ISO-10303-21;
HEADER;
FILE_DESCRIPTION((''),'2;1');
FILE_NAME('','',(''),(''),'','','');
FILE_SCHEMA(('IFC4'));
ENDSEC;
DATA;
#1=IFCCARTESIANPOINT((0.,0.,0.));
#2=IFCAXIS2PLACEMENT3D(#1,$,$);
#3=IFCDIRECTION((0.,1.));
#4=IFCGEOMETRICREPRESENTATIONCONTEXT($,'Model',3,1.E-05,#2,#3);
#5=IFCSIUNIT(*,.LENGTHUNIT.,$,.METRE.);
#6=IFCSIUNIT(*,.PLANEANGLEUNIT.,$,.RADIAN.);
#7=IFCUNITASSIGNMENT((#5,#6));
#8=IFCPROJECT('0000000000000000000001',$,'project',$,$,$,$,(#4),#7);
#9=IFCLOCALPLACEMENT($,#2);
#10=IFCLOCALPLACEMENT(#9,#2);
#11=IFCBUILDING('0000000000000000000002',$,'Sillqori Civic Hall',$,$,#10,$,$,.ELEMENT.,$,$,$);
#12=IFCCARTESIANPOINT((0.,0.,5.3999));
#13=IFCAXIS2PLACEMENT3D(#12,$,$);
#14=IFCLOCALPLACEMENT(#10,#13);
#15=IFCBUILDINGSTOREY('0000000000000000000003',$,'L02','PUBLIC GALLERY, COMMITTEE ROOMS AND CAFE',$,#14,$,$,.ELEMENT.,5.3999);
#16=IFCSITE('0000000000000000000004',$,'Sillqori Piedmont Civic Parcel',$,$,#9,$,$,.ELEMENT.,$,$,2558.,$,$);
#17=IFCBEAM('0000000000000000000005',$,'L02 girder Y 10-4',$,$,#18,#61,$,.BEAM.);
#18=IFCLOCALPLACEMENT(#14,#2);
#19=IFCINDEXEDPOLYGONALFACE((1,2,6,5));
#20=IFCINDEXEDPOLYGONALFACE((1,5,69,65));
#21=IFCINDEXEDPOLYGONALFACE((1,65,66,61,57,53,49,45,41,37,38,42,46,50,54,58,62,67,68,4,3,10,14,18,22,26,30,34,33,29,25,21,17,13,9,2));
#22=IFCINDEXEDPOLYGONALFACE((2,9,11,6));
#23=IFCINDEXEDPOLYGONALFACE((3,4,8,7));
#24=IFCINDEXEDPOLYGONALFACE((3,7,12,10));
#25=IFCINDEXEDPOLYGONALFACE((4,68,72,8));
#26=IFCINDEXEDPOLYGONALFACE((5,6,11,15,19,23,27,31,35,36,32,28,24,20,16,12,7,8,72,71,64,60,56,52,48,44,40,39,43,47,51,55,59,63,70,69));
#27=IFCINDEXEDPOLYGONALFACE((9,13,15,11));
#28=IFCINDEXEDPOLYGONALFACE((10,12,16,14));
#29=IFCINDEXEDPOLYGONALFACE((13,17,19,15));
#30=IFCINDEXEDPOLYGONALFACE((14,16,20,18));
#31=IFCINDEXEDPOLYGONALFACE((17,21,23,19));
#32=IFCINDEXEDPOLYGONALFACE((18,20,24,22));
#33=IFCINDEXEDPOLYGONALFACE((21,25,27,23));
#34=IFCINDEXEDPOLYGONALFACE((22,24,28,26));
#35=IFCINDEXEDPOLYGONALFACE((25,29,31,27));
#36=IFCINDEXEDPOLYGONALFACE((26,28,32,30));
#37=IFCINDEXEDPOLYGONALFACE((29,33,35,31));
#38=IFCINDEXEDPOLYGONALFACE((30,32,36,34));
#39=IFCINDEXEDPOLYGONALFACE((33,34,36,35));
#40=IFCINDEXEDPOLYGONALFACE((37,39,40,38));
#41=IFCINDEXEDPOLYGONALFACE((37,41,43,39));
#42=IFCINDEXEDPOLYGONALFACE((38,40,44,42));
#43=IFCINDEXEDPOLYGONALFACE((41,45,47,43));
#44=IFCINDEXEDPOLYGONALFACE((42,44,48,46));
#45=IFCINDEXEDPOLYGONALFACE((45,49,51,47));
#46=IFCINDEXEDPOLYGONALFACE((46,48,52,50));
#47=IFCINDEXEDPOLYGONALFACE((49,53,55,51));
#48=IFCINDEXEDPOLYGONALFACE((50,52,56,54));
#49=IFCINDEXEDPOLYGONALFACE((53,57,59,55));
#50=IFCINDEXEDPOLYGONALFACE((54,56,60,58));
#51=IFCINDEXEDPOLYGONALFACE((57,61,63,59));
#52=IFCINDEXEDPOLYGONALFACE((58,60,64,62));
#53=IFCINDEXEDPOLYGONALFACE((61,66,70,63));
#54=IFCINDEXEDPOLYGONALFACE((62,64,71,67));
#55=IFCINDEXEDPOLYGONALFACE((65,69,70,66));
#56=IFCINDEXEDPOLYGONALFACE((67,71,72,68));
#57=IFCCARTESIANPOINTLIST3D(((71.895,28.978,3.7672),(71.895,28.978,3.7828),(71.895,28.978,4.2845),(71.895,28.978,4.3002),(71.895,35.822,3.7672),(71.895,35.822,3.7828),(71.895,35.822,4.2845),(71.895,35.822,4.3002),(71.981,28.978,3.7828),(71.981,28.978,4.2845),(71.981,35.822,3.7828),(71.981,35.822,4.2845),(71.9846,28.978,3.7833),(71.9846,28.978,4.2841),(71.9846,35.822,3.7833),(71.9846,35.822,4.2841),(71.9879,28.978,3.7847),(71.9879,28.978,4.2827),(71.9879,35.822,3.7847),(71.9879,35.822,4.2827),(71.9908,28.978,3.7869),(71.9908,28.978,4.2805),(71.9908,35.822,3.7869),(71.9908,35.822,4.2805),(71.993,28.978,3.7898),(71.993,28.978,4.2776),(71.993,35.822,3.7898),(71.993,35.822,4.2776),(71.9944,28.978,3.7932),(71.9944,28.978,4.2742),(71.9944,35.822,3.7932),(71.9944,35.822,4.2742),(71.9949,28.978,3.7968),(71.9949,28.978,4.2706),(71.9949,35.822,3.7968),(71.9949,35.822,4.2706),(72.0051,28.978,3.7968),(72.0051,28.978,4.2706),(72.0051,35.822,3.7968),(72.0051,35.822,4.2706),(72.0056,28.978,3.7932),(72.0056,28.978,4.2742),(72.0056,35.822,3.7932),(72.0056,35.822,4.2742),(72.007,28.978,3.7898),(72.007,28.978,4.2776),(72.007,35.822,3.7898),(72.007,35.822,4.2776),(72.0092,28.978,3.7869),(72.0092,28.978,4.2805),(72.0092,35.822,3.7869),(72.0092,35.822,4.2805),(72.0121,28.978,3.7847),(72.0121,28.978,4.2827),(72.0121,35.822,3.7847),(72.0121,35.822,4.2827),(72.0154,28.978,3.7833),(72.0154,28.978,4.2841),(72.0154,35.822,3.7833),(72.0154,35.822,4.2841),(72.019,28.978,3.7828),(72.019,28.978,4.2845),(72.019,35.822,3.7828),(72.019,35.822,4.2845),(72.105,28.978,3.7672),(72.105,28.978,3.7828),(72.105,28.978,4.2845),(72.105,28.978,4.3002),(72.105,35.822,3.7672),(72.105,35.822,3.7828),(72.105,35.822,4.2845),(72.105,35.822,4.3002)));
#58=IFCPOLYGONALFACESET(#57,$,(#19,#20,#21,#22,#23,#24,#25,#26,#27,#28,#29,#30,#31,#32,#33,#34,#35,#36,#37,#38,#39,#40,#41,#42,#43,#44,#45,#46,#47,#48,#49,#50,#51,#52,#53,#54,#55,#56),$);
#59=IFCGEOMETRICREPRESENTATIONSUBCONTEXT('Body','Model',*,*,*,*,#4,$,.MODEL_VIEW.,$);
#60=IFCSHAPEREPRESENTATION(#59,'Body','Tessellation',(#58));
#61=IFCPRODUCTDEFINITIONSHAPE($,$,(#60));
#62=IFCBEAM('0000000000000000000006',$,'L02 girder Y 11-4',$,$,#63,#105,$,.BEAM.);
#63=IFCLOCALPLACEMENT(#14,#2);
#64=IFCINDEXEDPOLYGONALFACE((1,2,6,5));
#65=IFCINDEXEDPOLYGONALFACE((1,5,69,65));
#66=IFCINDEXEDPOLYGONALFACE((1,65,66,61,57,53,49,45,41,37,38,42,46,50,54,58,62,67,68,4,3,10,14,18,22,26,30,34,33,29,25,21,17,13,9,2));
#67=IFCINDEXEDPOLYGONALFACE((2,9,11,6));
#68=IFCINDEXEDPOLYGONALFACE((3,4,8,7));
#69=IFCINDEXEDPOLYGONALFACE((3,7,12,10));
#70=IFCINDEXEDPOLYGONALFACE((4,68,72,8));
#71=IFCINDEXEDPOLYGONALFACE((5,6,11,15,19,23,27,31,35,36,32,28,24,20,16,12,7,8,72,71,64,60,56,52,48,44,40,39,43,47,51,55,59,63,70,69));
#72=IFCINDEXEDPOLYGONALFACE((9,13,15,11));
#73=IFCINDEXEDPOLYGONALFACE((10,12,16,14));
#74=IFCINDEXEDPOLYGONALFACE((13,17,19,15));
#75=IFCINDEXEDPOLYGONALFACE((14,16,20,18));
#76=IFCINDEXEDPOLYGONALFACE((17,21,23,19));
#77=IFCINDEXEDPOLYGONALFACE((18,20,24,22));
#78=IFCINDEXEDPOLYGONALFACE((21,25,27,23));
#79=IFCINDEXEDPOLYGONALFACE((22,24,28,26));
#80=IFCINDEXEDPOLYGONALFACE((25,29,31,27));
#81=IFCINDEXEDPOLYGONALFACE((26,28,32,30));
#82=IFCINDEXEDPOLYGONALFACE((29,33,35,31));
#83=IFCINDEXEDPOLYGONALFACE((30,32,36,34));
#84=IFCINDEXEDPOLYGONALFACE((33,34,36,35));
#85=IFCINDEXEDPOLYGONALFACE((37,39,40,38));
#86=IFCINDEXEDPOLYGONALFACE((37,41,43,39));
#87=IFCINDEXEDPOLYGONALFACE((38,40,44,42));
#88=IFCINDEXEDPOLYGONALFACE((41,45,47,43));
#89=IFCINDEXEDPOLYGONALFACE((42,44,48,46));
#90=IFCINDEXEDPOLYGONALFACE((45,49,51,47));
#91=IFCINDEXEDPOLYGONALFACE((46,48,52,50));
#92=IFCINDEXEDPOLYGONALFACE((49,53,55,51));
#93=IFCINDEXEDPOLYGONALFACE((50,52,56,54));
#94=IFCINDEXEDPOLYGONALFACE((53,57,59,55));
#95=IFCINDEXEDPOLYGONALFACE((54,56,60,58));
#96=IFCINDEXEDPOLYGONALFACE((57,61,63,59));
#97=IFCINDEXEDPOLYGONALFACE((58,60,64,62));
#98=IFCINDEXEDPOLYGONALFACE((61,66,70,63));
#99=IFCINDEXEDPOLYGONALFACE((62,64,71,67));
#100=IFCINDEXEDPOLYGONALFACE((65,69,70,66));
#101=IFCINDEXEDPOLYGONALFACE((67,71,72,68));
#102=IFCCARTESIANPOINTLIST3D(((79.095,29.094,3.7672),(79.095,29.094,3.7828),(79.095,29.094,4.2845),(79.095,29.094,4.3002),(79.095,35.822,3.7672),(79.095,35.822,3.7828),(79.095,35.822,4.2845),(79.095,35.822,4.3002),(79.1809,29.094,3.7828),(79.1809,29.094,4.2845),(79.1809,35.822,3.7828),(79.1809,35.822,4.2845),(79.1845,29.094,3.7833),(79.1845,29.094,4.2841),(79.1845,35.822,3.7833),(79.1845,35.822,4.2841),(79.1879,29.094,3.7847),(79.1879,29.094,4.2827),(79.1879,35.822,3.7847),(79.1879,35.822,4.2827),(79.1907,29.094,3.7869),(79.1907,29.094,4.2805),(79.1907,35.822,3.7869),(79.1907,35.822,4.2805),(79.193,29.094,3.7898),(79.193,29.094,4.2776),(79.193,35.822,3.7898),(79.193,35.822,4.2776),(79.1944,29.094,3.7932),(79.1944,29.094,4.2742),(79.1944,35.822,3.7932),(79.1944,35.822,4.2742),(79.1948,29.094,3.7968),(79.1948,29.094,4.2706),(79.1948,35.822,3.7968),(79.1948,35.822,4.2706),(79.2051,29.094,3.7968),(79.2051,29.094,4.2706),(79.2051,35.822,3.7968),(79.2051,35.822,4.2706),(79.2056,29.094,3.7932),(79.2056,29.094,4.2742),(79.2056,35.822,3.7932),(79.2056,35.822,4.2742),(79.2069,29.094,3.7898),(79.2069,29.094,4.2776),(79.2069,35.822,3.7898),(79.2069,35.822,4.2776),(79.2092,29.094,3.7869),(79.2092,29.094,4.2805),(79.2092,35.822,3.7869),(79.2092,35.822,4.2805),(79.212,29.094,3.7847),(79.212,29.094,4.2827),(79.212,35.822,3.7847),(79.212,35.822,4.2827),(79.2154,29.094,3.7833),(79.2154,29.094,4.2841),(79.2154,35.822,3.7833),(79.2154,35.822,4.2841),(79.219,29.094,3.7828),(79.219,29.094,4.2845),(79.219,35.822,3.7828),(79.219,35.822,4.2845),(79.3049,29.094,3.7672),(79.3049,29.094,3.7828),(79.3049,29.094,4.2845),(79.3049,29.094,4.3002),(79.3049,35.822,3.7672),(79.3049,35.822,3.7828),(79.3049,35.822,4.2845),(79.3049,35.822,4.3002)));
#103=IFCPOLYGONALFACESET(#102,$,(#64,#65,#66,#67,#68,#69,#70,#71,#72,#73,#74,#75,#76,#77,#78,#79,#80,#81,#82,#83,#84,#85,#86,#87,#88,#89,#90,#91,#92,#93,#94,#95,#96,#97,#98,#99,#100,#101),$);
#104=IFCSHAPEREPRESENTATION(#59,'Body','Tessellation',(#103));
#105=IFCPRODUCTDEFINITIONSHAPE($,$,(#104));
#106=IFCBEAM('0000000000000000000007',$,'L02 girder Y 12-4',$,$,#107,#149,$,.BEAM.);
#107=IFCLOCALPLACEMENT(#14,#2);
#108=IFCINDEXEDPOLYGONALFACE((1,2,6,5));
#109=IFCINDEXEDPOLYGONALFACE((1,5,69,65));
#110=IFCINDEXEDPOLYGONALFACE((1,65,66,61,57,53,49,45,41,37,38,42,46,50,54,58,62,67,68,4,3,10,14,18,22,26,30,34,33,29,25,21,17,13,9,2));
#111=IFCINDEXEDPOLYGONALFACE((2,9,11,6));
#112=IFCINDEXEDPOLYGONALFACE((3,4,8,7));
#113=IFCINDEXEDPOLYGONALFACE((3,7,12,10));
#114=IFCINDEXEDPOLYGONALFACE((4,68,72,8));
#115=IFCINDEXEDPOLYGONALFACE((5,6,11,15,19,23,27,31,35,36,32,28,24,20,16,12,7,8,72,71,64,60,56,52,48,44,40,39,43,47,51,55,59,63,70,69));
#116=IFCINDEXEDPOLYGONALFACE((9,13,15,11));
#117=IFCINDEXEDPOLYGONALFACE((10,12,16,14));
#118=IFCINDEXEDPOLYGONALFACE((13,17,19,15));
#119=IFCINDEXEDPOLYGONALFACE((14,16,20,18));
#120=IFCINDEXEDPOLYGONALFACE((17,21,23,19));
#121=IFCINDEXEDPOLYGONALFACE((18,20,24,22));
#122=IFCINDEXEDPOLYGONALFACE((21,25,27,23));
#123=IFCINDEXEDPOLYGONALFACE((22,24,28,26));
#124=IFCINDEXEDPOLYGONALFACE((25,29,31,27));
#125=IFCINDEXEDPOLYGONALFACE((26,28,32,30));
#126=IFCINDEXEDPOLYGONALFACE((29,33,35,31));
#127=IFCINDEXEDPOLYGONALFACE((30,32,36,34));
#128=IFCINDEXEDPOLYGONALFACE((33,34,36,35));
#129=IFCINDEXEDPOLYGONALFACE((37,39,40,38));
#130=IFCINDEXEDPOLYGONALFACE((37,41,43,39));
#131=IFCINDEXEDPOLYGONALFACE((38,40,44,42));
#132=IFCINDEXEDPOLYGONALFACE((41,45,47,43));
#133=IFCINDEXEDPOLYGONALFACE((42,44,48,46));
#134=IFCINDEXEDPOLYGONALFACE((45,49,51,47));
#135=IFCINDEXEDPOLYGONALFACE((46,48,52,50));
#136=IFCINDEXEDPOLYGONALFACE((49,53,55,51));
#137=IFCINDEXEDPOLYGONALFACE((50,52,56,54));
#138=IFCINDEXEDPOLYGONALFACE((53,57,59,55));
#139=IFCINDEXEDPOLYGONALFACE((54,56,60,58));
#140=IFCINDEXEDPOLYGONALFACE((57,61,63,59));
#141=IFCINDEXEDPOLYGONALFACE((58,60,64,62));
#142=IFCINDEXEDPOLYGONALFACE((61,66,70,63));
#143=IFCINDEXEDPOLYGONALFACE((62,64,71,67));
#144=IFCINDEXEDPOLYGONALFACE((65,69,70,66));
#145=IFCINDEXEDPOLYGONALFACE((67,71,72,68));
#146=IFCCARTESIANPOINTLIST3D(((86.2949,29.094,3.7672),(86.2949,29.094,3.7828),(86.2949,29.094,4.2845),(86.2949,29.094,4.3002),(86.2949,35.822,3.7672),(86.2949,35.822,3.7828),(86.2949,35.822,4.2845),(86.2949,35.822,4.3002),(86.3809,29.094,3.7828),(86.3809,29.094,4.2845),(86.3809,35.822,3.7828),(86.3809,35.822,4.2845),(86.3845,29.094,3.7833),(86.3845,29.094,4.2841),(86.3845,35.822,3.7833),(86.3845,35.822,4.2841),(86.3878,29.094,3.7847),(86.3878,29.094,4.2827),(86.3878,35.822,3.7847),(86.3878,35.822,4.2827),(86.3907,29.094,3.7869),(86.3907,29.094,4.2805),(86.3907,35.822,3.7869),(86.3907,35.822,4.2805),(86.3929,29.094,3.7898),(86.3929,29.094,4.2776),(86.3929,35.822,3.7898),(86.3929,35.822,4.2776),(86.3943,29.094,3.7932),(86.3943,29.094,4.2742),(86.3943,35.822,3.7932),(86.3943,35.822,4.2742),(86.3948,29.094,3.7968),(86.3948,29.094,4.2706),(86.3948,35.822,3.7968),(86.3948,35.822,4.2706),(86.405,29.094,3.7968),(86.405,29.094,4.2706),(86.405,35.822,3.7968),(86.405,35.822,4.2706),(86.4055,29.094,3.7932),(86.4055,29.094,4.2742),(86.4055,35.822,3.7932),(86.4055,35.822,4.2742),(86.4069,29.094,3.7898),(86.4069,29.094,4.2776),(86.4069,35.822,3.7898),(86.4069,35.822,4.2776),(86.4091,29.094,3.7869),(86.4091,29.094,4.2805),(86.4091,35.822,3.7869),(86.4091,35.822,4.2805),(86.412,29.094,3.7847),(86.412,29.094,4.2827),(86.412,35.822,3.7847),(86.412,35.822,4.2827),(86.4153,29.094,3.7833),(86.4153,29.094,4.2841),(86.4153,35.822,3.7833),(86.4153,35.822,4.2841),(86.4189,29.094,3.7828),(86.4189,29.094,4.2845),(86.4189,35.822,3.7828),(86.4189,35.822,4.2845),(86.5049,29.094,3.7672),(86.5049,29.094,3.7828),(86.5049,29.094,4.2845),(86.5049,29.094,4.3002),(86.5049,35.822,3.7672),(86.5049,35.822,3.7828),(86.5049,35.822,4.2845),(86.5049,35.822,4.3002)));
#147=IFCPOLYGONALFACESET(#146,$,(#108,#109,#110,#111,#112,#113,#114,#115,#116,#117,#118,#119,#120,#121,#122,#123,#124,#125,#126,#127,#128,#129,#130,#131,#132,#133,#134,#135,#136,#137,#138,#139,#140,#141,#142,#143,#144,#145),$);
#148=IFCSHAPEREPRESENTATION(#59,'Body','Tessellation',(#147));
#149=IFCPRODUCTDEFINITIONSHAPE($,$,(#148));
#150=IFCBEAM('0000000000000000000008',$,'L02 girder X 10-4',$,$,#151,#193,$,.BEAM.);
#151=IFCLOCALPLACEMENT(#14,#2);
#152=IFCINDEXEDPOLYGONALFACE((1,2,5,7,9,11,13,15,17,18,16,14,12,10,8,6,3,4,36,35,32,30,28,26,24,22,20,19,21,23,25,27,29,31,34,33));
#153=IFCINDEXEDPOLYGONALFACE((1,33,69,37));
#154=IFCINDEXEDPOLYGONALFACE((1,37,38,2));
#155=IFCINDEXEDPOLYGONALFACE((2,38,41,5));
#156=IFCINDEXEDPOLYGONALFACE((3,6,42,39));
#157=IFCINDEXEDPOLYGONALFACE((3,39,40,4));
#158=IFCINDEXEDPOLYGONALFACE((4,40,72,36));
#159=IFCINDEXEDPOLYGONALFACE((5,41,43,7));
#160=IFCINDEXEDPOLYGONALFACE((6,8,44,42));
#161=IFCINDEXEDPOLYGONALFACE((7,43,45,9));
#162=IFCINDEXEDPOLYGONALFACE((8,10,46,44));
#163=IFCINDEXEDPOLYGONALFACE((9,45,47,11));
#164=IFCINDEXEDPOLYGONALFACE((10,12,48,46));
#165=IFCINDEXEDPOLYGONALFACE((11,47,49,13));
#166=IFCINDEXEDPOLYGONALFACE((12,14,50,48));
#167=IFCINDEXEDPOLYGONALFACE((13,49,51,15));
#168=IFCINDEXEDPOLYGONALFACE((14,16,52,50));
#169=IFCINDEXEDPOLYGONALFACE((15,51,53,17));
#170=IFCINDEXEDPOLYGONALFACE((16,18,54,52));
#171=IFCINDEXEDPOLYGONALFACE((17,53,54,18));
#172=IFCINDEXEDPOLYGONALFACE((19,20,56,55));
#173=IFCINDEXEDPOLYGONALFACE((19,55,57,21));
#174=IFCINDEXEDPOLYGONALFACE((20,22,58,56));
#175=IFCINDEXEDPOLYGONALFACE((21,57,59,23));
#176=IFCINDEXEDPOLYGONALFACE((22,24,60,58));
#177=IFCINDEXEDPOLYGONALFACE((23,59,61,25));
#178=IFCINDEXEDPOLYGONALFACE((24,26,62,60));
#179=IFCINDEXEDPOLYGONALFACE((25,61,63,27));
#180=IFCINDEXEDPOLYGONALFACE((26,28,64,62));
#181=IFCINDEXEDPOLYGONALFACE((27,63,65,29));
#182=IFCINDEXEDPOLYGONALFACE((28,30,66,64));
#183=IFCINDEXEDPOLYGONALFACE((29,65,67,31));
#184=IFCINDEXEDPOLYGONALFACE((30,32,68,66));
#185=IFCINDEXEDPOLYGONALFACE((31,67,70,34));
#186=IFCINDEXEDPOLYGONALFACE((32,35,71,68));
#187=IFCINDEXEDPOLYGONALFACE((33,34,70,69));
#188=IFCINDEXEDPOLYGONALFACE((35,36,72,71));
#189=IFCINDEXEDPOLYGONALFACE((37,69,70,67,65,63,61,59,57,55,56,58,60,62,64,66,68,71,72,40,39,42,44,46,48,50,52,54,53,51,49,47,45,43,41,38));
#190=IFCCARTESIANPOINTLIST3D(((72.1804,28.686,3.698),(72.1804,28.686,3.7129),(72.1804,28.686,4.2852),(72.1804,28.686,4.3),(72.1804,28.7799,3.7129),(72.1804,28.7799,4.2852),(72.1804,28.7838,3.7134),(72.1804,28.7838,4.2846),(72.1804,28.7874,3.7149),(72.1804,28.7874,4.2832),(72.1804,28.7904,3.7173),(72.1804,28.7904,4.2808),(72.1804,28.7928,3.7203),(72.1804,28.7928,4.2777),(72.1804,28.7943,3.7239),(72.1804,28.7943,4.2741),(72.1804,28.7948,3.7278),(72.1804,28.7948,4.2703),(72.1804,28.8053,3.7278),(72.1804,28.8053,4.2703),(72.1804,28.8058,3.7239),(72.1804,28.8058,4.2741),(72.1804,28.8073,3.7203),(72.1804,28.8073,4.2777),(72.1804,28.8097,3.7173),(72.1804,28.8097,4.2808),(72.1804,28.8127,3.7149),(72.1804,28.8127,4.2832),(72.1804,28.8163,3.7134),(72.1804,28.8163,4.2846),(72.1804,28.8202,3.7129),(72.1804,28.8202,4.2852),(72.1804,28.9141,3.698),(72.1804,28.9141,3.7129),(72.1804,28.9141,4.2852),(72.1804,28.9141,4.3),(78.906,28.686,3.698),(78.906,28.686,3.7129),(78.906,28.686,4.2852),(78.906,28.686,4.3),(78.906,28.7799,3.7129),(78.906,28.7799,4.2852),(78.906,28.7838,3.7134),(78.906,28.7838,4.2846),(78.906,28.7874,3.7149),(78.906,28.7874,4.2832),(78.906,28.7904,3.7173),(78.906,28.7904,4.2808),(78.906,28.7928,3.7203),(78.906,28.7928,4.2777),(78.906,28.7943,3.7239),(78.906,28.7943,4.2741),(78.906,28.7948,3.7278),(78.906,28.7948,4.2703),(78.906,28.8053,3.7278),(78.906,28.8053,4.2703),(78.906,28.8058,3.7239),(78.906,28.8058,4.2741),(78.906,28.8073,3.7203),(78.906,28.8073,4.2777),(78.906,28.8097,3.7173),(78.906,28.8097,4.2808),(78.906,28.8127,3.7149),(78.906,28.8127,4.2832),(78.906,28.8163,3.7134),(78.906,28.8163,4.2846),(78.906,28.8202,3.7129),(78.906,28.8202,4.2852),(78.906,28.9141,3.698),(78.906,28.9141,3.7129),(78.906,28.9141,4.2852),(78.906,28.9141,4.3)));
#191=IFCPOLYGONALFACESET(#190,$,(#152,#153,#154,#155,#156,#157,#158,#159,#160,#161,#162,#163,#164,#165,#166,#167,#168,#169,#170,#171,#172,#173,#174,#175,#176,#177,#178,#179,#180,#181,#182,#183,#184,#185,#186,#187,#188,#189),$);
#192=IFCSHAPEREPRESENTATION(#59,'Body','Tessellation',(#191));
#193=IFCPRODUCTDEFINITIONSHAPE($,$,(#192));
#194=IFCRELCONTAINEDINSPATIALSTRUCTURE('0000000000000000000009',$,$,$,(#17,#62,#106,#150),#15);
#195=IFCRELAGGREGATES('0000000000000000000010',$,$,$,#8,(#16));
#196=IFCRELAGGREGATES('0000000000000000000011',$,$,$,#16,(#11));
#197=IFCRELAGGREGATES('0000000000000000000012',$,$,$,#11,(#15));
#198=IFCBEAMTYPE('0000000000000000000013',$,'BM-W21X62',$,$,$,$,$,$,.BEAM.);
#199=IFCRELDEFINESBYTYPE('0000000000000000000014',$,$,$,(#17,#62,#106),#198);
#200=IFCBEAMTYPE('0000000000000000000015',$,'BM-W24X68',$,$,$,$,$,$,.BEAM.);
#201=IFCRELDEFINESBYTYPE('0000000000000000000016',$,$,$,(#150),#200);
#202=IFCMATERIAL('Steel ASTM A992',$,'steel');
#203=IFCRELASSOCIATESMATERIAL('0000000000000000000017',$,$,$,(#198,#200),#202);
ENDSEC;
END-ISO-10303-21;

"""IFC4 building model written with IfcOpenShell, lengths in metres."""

from ifc_helpers import new_model, si_unit, direction, frame, origin, origin_2d, place, context, subcontext, project, spatial, i_section, extrude, material, material_profile, profile_set, type_object, element, save


model = new_model("IFC4")

# Units and contexts
model_context = context("Model", 3, precision=1e-05, world=origin(), true_north=direction((0.0, 1.0)))
body_context = subcontext(model_context, "Body", "Model", "MODEL_VIEW")
ifc_project = project(units=[si_unit("LENGTHUNIT", "METRE"), si_unit("PLANEANGLEUNIT", "RADIAN")], contexts=[model_context])

# Site, building, storey
site_placement = place(None, origin())
site = spatial("IfcSite", under=ifc_project, at=site_placement, Name="Sillqori Piedmont Civic Parcel", CompositionType="ELEMENT", RefElevation=2558.0)
building_placement = place(site_placement, origin())
building = spatial("IfcBuilding", under=site, at=building_placement, Name="Sillqori Civic Hall", CompositionType="ELEMENT")
storey_placement = place(building_placement, frame((0.0, 0.0, 5.3999)))
storey = spatial("IfcBuildingStorey", under=building, at=storey_placement, Name="L02", Description="PUBLIC GALLERY, COMMITTEE ROOMS AND CAFE", CompositionType="ELEMENT", Elevation=5.3999)

# Shared definitions
ifc_material_1 = material(Name="Steel ASTM A992", Category="steel")

# Beams
ifc_material_profile_1 = material_profile(ifc_material_1, i_section(OverallWidth=0.21, OverallDepth=0.533, WebThickness=0.0103, FlangeThickness=0.0156, FilletRadius=0.0139, at=origin_2d()), Name="W21X62")
ifc_profile_set_1 = profile_set([ifc_material_profile_1], Name="Steel ASTM A992")
beam_type_1 = type_object("IfcBeamType", Name="BM-W21X62", PredefinedType="BEAM", material=ifc_profile_set_1)
beam_1_placement = place(storey_placement, frame((72.0, 28.978, 4.0337), z_axis=(0.0, 1.0, 0.0), x_axis=(-1.0, 0.0, 0.0)))
element("IfcBeam", 1, at=beam_1_placement, inside=storey, type_object=beam_type_1, Name="L02 girder Y 10-4", PredefinedType="BEAM", context=body_context, shape_type="SweptSolid", body=[
    extrude(i_section(OverallWidth=0.21, OverallDepth=0.533, WebThickness=0.0103, FlangeThickness=0.0156, FilletRadius=0.0139, at=origin_2d()), origin(), (0.0, 0.0, 1.0), 6.844),
])
for number, where, z_axis, x_axis, name in (
    (2, (79.2, 29.094, 4.0337), (0.0, 1.0, 0.0), (-1.0, 0.0, 0.0), "L02 girder Y 11-4"),
    (3, (86.3999, 29.094, 4.0337), (0.0, 1.0, 0.0), (-1.0, 0.0, 0.0), "L02 girder Y 12-4"),
):
    element("IfcBeam", number, at=place(storey_placement, frame(where, z_axis=z_axis, x_axis=x_axis)), inside=storey, type_object=beam_type_1, Name=name, PredefinedType="BEAM", context=body_context, shape_type="SweptSolid", body=[
        extrude(i_section(OverallWidth=0.21, OverallDepth=0.533, WebThickness=0.0103, FlangeThickness=0.0156, FilletRadius=0.0139, at=origin_2d()), origin(), (0.0, 0.0, 1.0), 6.728),
    ])
ifc_material_profile_2 = material_profile(ifc_material_1, i_section(OverallWidth=0.228, OverallDepth=0.6021, WebThickness=0.0105, FlangeThickness=0.0149, FilletRadius=0.0149, at=origin_2d()), Name="W24X68")
ifc_profile_set_2 = profile_set([ifc_material_profile_2], Name="Steel ASTM A992")
beam_type_2 = type_object("IfcBeamType", Name="BM-W24X68", PredefinedType="BEAM", material=ifc_profile_set_2)
beam_2_placement = place(storey_placement, frame((72.1804, 28.8, 3.999), z_axis=(1.0, 0.0, 0.0), x_axis=(0.0, 1.0, 0.0)))
element("IfcBeam", 4, at=beam_2_placement, inside=storey, type_object=beam_type_2, Name="L02 girder X 10-4", PredefinedType="BEAM", context=body_context, shape_type="SweptSolid", body=[
    extrude(i_section(OverallWidth=0.228, OverallDepth=0.6021, WebThickness=0.0105, FlangeThickness=0.0149, FilletRadius=0.0149, at=origin_2d()), origin(), (0.0, 0.0, 1.0), 6.7256),
])

save(model, "model.ifc")
